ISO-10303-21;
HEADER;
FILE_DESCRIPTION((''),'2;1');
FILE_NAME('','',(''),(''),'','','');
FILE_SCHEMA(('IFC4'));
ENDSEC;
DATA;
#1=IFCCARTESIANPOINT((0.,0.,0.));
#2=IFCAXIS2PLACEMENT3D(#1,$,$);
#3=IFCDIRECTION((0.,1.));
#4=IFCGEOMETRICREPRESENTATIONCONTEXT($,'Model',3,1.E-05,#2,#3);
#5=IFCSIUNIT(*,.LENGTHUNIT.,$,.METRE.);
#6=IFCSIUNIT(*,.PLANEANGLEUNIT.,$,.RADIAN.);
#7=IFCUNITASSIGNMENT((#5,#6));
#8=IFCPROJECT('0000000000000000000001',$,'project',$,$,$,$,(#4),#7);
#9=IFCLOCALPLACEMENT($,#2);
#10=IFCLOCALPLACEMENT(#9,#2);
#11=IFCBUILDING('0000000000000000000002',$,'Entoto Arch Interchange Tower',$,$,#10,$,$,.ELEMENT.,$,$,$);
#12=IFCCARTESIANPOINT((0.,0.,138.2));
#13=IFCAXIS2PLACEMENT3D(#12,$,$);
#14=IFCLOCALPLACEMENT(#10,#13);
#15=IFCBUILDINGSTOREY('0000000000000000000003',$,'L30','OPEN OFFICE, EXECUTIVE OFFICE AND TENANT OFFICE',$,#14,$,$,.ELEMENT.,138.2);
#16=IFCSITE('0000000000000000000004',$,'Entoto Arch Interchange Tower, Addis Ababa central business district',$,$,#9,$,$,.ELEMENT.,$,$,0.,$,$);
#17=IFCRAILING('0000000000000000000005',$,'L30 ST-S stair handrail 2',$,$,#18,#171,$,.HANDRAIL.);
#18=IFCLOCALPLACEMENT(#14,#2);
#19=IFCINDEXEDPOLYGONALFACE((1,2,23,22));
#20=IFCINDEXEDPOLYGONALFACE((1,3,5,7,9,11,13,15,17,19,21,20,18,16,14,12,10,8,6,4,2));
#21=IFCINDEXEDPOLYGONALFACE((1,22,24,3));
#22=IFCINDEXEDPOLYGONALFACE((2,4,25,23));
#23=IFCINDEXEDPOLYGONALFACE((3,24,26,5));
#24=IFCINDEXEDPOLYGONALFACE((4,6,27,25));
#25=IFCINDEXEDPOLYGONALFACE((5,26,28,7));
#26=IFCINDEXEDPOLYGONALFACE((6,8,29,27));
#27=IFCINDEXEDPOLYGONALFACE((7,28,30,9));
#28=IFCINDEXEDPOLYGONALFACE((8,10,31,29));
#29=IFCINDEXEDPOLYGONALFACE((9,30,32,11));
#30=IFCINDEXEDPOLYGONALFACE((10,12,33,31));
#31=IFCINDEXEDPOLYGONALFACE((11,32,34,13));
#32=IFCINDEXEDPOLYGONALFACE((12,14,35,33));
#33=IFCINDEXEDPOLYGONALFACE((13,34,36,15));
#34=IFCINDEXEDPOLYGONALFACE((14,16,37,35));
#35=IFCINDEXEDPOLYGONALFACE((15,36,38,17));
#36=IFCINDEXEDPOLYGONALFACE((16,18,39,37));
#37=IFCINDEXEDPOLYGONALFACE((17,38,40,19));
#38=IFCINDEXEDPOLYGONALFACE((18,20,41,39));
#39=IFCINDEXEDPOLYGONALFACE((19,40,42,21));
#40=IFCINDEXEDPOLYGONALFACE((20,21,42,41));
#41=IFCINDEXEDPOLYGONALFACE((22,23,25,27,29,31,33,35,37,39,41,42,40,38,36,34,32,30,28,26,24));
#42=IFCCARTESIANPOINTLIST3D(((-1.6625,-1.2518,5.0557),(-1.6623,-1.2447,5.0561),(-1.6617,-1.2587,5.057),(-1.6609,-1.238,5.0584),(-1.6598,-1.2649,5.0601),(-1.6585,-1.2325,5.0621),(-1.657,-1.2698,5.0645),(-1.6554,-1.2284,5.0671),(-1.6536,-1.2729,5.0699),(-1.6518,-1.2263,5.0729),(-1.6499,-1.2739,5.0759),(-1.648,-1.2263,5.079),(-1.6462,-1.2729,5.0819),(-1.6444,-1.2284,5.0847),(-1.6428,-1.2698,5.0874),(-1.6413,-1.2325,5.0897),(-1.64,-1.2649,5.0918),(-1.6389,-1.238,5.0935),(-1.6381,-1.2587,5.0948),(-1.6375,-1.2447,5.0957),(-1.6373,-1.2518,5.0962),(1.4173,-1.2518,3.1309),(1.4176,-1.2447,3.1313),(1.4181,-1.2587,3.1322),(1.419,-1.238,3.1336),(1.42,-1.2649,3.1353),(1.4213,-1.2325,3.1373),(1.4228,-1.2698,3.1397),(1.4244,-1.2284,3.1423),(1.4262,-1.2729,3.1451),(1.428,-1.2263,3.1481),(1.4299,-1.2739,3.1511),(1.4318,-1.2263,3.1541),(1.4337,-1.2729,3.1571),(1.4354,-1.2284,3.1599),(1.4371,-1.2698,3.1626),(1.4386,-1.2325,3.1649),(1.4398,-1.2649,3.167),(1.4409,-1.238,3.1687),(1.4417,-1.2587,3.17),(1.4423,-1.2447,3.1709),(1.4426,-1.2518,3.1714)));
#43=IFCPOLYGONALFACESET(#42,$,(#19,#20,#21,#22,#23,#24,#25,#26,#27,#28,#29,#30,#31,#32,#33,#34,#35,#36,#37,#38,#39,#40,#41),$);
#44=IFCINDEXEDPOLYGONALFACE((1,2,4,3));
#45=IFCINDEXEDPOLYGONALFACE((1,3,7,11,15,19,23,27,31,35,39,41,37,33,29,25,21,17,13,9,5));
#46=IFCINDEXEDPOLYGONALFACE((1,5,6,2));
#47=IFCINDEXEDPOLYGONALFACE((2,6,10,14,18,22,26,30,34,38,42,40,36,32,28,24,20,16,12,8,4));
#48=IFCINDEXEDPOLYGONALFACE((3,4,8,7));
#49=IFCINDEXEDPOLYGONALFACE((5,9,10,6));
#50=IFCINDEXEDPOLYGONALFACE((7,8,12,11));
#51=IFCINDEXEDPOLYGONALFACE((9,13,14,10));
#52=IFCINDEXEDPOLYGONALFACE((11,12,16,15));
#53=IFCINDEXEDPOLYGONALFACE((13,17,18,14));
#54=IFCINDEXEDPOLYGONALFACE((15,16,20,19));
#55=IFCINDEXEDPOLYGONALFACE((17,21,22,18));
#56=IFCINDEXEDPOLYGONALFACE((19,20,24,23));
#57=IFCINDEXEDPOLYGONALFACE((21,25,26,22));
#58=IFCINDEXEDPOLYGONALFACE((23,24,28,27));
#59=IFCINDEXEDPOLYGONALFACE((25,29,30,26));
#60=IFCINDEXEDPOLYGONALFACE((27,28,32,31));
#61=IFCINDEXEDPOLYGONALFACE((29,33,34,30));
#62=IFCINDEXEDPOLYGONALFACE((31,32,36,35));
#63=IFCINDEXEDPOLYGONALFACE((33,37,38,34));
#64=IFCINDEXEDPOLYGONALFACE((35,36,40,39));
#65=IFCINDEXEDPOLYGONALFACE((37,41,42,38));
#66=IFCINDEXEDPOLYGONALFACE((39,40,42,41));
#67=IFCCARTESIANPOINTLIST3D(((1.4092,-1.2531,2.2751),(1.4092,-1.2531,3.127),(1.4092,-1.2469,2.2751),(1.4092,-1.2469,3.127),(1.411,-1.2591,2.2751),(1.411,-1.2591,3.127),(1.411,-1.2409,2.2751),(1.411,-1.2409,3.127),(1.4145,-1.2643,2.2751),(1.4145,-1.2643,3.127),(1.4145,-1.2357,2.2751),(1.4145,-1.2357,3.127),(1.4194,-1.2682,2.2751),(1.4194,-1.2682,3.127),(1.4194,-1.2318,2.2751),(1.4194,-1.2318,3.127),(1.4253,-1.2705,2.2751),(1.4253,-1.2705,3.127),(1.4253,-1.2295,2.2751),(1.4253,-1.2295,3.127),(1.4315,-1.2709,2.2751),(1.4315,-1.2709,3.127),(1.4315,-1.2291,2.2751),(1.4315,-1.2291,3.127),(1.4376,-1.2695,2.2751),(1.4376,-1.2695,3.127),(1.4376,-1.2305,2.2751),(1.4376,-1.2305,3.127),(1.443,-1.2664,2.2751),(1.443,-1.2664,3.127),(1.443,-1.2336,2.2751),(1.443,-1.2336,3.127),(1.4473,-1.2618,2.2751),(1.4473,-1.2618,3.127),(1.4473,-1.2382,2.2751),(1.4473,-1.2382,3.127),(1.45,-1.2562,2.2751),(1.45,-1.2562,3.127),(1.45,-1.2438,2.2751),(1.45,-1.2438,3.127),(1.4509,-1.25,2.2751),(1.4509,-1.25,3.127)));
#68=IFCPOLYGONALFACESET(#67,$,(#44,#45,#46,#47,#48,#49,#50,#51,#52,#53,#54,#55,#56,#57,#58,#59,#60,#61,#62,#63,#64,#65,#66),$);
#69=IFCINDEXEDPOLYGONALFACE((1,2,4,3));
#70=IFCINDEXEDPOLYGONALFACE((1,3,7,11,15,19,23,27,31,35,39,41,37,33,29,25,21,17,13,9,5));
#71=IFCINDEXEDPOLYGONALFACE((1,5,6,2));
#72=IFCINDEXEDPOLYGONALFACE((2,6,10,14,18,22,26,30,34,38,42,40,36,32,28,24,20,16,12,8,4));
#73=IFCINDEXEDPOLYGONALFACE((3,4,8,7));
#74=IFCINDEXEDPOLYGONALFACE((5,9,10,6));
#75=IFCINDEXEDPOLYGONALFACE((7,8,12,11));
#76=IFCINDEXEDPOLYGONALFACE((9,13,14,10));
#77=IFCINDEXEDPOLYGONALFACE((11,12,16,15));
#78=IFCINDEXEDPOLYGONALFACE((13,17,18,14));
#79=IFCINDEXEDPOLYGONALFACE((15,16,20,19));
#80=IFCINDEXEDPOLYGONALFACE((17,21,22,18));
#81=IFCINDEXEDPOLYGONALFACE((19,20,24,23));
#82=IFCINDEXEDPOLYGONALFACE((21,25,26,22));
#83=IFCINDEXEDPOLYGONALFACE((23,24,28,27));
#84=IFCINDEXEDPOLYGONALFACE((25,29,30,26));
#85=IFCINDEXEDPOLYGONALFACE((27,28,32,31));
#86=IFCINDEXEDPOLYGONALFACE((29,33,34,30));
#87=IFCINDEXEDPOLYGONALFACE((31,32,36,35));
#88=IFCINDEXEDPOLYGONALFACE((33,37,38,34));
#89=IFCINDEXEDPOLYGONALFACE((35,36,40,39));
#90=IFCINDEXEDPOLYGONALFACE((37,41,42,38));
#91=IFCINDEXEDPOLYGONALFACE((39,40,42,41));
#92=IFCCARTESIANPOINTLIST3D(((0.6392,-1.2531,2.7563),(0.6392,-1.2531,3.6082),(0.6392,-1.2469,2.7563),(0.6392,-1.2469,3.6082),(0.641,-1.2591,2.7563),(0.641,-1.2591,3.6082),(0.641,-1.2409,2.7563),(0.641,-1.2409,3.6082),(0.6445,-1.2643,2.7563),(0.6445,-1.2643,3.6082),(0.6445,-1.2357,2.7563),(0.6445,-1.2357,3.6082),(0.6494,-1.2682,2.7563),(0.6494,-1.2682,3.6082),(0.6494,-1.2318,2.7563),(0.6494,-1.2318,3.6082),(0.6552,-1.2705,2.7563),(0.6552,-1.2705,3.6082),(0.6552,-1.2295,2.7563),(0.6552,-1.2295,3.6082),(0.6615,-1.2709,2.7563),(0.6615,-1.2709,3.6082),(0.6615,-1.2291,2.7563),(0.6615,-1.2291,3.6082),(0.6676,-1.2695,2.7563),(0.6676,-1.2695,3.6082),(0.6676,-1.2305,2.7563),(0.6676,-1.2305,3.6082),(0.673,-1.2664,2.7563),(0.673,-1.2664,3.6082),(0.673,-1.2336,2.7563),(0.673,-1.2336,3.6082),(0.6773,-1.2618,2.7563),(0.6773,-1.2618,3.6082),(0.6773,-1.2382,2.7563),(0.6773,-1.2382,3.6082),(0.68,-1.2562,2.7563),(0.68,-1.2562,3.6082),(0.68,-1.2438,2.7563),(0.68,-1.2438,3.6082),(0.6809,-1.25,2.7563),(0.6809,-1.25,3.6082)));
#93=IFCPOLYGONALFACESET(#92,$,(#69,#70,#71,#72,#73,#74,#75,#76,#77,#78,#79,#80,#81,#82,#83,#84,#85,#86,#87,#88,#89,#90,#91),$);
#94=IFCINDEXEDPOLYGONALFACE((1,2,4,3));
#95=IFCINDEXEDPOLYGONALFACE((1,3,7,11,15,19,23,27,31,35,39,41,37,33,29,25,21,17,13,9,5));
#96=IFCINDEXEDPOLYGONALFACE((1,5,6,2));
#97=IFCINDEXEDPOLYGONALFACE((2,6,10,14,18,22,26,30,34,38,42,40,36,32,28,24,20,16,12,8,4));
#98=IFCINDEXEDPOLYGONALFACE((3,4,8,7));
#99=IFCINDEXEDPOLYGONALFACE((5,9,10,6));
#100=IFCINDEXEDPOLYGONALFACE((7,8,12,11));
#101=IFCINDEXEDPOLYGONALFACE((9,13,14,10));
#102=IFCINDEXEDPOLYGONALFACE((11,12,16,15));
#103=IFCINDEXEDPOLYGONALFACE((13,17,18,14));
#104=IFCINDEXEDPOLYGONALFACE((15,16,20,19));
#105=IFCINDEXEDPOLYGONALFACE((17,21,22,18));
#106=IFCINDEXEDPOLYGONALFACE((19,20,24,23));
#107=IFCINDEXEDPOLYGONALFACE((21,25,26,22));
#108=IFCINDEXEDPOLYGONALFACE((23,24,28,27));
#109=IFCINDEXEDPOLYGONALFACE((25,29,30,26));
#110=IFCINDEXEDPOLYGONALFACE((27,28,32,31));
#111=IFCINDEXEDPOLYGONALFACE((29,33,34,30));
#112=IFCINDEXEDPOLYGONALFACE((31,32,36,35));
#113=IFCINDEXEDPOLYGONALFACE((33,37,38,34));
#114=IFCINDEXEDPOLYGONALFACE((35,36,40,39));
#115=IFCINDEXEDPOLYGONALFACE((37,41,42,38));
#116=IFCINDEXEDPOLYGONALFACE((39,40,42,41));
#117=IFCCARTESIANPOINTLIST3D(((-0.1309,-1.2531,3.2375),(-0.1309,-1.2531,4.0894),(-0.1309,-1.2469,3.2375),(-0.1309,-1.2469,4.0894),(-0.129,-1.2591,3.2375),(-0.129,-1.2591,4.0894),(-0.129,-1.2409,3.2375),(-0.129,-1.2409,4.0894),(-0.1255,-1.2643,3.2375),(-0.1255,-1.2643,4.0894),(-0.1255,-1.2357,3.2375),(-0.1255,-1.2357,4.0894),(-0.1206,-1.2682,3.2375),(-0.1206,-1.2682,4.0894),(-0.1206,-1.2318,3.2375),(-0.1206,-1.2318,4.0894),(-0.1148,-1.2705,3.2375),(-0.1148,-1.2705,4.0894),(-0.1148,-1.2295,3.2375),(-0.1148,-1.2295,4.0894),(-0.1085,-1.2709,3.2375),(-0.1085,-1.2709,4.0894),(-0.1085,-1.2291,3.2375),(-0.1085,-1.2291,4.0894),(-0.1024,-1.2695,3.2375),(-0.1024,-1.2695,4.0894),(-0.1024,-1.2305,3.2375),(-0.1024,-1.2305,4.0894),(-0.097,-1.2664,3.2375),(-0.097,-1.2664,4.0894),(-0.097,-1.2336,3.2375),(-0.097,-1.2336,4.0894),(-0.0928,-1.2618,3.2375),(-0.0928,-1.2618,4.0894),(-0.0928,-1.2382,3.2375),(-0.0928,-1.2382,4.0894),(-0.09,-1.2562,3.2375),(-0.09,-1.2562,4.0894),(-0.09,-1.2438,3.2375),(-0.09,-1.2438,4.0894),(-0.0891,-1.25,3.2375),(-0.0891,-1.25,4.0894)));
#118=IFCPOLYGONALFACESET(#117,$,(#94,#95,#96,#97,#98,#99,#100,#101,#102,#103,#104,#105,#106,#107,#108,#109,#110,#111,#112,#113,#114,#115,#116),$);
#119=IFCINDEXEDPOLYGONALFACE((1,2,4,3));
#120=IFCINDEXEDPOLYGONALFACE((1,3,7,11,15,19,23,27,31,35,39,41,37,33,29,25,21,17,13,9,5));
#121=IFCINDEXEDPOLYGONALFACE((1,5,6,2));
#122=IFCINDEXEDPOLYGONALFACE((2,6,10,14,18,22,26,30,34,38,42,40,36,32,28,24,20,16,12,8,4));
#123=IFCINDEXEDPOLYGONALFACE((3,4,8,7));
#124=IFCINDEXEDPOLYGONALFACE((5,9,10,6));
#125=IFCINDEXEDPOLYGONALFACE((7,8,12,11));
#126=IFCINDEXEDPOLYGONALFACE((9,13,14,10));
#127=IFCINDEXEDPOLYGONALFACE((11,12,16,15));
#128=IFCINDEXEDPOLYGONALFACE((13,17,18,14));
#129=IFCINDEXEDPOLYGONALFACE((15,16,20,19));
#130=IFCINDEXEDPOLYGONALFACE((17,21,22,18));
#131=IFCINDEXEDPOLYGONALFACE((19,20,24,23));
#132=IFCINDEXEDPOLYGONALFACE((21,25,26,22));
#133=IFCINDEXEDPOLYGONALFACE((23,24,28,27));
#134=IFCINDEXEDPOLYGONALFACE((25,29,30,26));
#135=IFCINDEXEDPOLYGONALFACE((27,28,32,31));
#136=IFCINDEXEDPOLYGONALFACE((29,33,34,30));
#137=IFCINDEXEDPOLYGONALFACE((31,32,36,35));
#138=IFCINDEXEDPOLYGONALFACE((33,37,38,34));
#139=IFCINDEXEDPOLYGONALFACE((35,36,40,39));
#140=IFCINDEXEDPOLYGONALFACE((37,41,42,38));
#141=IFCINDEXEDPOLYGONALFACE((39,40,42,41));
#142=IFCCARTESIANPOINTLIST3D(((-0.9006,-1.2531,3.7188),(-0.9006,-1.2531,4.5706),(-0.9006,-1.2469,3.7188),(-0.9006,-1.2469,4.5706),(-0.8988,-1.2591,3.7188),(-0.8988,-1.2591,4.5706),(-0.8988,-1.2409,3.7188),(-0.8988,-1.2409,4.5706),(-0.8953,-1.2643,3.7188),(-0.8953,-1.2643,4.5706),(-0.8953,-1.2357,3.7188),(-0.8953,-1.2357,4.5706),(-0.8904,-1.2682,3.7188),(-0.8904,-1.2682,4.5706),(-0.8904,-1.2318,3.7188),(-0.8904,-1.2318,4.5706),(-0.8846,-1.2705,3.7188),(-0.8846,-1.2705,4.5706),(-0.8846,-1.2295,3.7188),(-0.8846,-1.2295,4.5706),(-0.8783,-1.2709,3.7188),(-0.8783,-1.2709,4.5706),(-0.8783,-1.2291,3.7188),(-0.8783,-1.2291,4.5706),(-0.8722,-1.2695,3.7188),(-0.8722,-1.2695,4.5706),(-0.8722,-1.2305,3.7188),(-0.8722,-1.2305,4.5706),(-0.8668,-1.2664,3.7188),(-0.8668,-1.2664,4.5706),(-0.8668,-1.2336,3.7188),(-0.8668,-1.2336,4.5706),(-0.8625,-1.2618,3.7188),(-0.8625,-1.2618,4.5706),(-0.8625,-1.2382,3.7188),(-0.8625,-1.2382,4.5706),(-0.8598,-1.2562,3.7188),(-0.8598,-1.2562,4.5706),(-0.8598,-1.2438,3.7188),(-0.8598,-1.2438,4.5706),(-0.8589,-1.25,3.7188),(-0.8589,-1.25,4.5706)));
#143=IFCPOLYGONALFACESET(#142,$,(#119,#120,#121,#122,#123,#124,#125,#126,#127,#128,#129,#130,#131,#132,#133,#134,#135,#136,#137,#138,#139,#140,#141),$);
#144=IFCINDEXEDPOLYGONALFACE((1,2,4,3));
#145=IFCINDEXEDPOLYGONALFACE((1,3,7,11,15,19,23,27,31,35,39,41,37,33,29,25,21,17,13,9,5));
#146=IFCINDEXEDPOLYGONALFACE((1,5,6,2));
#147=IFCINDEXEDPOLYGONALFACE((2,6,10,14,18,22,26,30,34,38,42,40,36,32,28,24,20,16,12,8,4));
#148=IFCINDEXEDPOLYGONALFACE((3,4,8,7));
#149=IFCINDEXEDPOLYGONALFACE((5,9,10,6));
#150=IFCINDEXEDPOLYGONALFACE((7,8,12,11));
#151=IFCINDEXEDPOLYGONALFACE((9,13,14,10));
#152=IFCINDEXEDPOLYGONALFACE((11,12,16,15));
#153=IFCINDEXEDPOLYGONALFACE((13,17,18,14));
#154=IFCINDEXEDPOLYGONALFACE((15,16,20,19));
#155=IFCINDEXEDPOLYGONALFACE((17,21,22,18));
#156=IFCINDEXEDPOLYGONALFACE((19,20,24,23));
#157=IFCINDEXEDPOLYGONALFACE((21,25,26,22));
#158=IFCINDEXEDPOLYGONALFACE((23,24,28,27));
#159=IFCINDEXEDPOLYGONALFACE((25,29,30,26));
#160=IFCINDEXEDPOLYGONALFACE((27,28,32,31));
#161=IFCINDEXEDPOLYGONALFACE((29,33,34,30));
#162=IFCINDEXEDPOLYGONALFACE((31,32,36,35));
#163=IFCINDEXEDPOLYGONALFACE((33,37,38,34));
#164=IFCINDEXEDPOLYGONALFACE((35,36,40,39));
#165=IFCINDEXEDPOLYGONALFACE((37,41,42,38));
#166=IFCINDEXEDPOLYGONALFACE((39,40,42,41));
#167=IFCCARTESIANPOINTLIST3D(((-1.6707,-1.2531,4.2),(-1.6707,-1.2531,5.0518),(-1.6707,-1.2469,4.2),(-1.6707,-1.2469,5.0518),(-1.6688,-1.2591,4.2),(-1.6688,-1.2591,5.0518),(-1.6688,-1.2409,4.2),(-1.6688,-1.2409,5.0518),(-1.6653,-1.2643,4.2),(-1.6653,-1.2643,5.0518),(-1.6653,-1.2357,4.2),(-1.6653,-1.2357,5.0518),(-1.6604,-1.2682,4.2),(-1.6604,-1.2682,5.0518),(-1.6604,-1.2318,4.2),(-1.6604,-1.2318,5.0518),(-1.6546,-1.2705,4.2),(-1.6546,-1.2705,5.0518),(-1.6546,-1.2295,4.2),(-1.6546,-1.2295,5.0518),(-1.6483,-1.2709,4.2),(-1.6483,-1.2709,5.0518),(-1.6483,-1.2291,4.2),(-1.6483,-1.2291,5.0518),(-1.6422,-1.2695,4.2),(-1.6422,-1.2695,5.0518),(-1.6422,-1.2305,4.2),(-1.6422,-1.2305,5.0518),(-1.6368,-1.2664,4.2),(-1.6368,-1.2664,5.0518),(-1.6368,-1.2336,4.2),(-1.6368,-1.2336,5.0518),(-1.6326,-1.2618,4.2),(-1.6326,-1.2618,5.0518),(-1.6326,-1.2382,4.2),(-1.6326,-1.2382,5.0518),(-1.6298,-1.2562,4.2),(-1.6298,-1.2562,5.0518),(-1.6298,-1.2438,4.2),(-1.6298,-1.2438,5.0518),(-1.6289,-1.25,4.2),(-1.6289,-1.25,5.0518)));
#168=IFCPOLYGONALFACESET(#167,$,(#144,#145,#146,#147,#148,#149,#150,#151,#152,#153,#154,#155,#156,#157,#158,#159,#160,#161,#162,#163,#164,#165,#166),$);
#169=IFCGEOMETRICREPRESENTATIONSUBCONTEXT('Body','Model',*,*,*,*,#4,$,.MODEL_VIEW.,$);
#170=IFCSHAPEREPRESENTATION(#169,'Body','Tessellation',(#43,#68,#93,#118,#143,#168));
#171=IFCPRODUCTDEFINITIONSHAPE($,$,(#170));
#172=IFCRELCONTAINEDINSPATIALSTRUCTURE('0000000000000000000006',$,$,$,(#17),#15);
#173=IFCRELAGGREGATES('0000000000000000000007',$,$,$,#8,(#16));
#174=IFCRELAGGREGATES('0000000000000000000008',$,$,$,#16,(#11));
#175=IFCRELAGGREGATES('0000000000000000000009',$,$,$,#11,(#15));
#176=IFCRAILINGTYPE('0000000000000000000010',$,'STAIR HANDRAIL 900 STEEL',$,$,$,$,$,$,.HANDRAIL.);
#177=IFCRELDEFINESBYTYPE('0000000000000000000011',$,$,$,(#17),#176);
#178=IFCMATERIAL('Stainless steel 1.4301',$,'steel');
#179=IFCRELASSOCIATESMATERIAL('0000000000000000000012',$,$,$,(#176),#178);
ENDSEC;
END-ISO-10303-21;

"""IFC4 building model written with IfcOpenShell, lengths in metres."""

from ifc_helpers import new_model, si_unit, direction, frame, origin, origin_2d, place, context, subcontext, project, spatial, circle, extrude, material, type_object, element, save


model = new_model("IFC4")

# Units and contexts
model_context = context("Model", 3, precision=1e-05, world=origin(), true_north=direction((0.0, 1.0)))
body_context = subcontext(model_context, "Body", "Model", "MODEL_VIEW")
ifc_project = project(units=[si_unit("LENGTHUNIT", "METRE"), si_unit("PLANEANGLEUNIT", "RADIAN")], contexts=[model_context])

# Site, building, storey
site_placement = place(None, origin())
site = spatial("IfcSite", under=ifc_project, at=site_placement, Name="Entoto Arch Interchange Tower, Addis Ababa central business district", CompositionType="ELEMENT", RefElevation=0.0)
building_placement = place(site_placement, origin())
building = spatial("IfcBuilding", under=site, at=building_placement, Name="Entoto Arch Interchange Tower", CompositionType="ELEMENT")
storey_placement = place(building_placement, frame((0.0, 0.0, 138.2)))
storey = spatial("IfcBuildingStorey", under=building, at=storey_placement, Name="L30", Description="OPEN OFFICE, EXECUTIVE OFFICE AND TENANT OFFICE", CompositionType="ELEMENT", Elevation=138.2)

# Railing
ifc_material_1 = material(Name="Stainless steel 1.4301", Category="steel")
railing_type_1 = type_object("IfcRailingType", Name="STAIR HANDRAIL 900 STEEL", PredefinedType="HANDRAIL", material=ifc_material_1)
railing_1_placement = place(storey_placement, frame((1.4299, -1.25, 2.2751)))
element("IfcRailing", 1, at=railing_1_placement, inside=storey, type_object=railing_type_1, Name="L30 ST-S stair handrail 2", PredefinedType="HANDRAIL", context=body_context, shape_type="SweptSolid", body=[
    extrude(circle(Radius=0.0239, at=origin_2d()), frame((0.0, 0.0, 0.876), z_axis=(-0.84801, 0.0, 0.529981), x_axis=(0.0, -1.0, 0.0)), (0.0, 0.0, 1.0), 3.6318),
    extrude(circle(Radius=0.021, at=origin_2d()), origin(), (0.0, 0.0, 1.0), 0.8518),
    extrude(circle(Radius=0.021, at=origin_2d()), frame((-0.77, 0.0, 0.4812)), (0.0, 0.0, 1.0), 0.8518),
    extrude(circle(Radius=0.021, at=origin_2d()), frame((-1.54, 0.0, 0.9624)), (0.0, 0.0, 1.0), 0.8518),
    extrude(circle(Radius=0.021, at=origin_2d()), frame((-2.3098, 0.0, 1.4436)), (0.0, 0.0, 1.0), 0.8518),
    extrude(circle(Radius=0.021, at=origin_2d()), frame((-3.0798, 0.0, 1.9248)), (0.0, 0.0, 1.0), 0.8518),
])

save(model, "model.ifc")
